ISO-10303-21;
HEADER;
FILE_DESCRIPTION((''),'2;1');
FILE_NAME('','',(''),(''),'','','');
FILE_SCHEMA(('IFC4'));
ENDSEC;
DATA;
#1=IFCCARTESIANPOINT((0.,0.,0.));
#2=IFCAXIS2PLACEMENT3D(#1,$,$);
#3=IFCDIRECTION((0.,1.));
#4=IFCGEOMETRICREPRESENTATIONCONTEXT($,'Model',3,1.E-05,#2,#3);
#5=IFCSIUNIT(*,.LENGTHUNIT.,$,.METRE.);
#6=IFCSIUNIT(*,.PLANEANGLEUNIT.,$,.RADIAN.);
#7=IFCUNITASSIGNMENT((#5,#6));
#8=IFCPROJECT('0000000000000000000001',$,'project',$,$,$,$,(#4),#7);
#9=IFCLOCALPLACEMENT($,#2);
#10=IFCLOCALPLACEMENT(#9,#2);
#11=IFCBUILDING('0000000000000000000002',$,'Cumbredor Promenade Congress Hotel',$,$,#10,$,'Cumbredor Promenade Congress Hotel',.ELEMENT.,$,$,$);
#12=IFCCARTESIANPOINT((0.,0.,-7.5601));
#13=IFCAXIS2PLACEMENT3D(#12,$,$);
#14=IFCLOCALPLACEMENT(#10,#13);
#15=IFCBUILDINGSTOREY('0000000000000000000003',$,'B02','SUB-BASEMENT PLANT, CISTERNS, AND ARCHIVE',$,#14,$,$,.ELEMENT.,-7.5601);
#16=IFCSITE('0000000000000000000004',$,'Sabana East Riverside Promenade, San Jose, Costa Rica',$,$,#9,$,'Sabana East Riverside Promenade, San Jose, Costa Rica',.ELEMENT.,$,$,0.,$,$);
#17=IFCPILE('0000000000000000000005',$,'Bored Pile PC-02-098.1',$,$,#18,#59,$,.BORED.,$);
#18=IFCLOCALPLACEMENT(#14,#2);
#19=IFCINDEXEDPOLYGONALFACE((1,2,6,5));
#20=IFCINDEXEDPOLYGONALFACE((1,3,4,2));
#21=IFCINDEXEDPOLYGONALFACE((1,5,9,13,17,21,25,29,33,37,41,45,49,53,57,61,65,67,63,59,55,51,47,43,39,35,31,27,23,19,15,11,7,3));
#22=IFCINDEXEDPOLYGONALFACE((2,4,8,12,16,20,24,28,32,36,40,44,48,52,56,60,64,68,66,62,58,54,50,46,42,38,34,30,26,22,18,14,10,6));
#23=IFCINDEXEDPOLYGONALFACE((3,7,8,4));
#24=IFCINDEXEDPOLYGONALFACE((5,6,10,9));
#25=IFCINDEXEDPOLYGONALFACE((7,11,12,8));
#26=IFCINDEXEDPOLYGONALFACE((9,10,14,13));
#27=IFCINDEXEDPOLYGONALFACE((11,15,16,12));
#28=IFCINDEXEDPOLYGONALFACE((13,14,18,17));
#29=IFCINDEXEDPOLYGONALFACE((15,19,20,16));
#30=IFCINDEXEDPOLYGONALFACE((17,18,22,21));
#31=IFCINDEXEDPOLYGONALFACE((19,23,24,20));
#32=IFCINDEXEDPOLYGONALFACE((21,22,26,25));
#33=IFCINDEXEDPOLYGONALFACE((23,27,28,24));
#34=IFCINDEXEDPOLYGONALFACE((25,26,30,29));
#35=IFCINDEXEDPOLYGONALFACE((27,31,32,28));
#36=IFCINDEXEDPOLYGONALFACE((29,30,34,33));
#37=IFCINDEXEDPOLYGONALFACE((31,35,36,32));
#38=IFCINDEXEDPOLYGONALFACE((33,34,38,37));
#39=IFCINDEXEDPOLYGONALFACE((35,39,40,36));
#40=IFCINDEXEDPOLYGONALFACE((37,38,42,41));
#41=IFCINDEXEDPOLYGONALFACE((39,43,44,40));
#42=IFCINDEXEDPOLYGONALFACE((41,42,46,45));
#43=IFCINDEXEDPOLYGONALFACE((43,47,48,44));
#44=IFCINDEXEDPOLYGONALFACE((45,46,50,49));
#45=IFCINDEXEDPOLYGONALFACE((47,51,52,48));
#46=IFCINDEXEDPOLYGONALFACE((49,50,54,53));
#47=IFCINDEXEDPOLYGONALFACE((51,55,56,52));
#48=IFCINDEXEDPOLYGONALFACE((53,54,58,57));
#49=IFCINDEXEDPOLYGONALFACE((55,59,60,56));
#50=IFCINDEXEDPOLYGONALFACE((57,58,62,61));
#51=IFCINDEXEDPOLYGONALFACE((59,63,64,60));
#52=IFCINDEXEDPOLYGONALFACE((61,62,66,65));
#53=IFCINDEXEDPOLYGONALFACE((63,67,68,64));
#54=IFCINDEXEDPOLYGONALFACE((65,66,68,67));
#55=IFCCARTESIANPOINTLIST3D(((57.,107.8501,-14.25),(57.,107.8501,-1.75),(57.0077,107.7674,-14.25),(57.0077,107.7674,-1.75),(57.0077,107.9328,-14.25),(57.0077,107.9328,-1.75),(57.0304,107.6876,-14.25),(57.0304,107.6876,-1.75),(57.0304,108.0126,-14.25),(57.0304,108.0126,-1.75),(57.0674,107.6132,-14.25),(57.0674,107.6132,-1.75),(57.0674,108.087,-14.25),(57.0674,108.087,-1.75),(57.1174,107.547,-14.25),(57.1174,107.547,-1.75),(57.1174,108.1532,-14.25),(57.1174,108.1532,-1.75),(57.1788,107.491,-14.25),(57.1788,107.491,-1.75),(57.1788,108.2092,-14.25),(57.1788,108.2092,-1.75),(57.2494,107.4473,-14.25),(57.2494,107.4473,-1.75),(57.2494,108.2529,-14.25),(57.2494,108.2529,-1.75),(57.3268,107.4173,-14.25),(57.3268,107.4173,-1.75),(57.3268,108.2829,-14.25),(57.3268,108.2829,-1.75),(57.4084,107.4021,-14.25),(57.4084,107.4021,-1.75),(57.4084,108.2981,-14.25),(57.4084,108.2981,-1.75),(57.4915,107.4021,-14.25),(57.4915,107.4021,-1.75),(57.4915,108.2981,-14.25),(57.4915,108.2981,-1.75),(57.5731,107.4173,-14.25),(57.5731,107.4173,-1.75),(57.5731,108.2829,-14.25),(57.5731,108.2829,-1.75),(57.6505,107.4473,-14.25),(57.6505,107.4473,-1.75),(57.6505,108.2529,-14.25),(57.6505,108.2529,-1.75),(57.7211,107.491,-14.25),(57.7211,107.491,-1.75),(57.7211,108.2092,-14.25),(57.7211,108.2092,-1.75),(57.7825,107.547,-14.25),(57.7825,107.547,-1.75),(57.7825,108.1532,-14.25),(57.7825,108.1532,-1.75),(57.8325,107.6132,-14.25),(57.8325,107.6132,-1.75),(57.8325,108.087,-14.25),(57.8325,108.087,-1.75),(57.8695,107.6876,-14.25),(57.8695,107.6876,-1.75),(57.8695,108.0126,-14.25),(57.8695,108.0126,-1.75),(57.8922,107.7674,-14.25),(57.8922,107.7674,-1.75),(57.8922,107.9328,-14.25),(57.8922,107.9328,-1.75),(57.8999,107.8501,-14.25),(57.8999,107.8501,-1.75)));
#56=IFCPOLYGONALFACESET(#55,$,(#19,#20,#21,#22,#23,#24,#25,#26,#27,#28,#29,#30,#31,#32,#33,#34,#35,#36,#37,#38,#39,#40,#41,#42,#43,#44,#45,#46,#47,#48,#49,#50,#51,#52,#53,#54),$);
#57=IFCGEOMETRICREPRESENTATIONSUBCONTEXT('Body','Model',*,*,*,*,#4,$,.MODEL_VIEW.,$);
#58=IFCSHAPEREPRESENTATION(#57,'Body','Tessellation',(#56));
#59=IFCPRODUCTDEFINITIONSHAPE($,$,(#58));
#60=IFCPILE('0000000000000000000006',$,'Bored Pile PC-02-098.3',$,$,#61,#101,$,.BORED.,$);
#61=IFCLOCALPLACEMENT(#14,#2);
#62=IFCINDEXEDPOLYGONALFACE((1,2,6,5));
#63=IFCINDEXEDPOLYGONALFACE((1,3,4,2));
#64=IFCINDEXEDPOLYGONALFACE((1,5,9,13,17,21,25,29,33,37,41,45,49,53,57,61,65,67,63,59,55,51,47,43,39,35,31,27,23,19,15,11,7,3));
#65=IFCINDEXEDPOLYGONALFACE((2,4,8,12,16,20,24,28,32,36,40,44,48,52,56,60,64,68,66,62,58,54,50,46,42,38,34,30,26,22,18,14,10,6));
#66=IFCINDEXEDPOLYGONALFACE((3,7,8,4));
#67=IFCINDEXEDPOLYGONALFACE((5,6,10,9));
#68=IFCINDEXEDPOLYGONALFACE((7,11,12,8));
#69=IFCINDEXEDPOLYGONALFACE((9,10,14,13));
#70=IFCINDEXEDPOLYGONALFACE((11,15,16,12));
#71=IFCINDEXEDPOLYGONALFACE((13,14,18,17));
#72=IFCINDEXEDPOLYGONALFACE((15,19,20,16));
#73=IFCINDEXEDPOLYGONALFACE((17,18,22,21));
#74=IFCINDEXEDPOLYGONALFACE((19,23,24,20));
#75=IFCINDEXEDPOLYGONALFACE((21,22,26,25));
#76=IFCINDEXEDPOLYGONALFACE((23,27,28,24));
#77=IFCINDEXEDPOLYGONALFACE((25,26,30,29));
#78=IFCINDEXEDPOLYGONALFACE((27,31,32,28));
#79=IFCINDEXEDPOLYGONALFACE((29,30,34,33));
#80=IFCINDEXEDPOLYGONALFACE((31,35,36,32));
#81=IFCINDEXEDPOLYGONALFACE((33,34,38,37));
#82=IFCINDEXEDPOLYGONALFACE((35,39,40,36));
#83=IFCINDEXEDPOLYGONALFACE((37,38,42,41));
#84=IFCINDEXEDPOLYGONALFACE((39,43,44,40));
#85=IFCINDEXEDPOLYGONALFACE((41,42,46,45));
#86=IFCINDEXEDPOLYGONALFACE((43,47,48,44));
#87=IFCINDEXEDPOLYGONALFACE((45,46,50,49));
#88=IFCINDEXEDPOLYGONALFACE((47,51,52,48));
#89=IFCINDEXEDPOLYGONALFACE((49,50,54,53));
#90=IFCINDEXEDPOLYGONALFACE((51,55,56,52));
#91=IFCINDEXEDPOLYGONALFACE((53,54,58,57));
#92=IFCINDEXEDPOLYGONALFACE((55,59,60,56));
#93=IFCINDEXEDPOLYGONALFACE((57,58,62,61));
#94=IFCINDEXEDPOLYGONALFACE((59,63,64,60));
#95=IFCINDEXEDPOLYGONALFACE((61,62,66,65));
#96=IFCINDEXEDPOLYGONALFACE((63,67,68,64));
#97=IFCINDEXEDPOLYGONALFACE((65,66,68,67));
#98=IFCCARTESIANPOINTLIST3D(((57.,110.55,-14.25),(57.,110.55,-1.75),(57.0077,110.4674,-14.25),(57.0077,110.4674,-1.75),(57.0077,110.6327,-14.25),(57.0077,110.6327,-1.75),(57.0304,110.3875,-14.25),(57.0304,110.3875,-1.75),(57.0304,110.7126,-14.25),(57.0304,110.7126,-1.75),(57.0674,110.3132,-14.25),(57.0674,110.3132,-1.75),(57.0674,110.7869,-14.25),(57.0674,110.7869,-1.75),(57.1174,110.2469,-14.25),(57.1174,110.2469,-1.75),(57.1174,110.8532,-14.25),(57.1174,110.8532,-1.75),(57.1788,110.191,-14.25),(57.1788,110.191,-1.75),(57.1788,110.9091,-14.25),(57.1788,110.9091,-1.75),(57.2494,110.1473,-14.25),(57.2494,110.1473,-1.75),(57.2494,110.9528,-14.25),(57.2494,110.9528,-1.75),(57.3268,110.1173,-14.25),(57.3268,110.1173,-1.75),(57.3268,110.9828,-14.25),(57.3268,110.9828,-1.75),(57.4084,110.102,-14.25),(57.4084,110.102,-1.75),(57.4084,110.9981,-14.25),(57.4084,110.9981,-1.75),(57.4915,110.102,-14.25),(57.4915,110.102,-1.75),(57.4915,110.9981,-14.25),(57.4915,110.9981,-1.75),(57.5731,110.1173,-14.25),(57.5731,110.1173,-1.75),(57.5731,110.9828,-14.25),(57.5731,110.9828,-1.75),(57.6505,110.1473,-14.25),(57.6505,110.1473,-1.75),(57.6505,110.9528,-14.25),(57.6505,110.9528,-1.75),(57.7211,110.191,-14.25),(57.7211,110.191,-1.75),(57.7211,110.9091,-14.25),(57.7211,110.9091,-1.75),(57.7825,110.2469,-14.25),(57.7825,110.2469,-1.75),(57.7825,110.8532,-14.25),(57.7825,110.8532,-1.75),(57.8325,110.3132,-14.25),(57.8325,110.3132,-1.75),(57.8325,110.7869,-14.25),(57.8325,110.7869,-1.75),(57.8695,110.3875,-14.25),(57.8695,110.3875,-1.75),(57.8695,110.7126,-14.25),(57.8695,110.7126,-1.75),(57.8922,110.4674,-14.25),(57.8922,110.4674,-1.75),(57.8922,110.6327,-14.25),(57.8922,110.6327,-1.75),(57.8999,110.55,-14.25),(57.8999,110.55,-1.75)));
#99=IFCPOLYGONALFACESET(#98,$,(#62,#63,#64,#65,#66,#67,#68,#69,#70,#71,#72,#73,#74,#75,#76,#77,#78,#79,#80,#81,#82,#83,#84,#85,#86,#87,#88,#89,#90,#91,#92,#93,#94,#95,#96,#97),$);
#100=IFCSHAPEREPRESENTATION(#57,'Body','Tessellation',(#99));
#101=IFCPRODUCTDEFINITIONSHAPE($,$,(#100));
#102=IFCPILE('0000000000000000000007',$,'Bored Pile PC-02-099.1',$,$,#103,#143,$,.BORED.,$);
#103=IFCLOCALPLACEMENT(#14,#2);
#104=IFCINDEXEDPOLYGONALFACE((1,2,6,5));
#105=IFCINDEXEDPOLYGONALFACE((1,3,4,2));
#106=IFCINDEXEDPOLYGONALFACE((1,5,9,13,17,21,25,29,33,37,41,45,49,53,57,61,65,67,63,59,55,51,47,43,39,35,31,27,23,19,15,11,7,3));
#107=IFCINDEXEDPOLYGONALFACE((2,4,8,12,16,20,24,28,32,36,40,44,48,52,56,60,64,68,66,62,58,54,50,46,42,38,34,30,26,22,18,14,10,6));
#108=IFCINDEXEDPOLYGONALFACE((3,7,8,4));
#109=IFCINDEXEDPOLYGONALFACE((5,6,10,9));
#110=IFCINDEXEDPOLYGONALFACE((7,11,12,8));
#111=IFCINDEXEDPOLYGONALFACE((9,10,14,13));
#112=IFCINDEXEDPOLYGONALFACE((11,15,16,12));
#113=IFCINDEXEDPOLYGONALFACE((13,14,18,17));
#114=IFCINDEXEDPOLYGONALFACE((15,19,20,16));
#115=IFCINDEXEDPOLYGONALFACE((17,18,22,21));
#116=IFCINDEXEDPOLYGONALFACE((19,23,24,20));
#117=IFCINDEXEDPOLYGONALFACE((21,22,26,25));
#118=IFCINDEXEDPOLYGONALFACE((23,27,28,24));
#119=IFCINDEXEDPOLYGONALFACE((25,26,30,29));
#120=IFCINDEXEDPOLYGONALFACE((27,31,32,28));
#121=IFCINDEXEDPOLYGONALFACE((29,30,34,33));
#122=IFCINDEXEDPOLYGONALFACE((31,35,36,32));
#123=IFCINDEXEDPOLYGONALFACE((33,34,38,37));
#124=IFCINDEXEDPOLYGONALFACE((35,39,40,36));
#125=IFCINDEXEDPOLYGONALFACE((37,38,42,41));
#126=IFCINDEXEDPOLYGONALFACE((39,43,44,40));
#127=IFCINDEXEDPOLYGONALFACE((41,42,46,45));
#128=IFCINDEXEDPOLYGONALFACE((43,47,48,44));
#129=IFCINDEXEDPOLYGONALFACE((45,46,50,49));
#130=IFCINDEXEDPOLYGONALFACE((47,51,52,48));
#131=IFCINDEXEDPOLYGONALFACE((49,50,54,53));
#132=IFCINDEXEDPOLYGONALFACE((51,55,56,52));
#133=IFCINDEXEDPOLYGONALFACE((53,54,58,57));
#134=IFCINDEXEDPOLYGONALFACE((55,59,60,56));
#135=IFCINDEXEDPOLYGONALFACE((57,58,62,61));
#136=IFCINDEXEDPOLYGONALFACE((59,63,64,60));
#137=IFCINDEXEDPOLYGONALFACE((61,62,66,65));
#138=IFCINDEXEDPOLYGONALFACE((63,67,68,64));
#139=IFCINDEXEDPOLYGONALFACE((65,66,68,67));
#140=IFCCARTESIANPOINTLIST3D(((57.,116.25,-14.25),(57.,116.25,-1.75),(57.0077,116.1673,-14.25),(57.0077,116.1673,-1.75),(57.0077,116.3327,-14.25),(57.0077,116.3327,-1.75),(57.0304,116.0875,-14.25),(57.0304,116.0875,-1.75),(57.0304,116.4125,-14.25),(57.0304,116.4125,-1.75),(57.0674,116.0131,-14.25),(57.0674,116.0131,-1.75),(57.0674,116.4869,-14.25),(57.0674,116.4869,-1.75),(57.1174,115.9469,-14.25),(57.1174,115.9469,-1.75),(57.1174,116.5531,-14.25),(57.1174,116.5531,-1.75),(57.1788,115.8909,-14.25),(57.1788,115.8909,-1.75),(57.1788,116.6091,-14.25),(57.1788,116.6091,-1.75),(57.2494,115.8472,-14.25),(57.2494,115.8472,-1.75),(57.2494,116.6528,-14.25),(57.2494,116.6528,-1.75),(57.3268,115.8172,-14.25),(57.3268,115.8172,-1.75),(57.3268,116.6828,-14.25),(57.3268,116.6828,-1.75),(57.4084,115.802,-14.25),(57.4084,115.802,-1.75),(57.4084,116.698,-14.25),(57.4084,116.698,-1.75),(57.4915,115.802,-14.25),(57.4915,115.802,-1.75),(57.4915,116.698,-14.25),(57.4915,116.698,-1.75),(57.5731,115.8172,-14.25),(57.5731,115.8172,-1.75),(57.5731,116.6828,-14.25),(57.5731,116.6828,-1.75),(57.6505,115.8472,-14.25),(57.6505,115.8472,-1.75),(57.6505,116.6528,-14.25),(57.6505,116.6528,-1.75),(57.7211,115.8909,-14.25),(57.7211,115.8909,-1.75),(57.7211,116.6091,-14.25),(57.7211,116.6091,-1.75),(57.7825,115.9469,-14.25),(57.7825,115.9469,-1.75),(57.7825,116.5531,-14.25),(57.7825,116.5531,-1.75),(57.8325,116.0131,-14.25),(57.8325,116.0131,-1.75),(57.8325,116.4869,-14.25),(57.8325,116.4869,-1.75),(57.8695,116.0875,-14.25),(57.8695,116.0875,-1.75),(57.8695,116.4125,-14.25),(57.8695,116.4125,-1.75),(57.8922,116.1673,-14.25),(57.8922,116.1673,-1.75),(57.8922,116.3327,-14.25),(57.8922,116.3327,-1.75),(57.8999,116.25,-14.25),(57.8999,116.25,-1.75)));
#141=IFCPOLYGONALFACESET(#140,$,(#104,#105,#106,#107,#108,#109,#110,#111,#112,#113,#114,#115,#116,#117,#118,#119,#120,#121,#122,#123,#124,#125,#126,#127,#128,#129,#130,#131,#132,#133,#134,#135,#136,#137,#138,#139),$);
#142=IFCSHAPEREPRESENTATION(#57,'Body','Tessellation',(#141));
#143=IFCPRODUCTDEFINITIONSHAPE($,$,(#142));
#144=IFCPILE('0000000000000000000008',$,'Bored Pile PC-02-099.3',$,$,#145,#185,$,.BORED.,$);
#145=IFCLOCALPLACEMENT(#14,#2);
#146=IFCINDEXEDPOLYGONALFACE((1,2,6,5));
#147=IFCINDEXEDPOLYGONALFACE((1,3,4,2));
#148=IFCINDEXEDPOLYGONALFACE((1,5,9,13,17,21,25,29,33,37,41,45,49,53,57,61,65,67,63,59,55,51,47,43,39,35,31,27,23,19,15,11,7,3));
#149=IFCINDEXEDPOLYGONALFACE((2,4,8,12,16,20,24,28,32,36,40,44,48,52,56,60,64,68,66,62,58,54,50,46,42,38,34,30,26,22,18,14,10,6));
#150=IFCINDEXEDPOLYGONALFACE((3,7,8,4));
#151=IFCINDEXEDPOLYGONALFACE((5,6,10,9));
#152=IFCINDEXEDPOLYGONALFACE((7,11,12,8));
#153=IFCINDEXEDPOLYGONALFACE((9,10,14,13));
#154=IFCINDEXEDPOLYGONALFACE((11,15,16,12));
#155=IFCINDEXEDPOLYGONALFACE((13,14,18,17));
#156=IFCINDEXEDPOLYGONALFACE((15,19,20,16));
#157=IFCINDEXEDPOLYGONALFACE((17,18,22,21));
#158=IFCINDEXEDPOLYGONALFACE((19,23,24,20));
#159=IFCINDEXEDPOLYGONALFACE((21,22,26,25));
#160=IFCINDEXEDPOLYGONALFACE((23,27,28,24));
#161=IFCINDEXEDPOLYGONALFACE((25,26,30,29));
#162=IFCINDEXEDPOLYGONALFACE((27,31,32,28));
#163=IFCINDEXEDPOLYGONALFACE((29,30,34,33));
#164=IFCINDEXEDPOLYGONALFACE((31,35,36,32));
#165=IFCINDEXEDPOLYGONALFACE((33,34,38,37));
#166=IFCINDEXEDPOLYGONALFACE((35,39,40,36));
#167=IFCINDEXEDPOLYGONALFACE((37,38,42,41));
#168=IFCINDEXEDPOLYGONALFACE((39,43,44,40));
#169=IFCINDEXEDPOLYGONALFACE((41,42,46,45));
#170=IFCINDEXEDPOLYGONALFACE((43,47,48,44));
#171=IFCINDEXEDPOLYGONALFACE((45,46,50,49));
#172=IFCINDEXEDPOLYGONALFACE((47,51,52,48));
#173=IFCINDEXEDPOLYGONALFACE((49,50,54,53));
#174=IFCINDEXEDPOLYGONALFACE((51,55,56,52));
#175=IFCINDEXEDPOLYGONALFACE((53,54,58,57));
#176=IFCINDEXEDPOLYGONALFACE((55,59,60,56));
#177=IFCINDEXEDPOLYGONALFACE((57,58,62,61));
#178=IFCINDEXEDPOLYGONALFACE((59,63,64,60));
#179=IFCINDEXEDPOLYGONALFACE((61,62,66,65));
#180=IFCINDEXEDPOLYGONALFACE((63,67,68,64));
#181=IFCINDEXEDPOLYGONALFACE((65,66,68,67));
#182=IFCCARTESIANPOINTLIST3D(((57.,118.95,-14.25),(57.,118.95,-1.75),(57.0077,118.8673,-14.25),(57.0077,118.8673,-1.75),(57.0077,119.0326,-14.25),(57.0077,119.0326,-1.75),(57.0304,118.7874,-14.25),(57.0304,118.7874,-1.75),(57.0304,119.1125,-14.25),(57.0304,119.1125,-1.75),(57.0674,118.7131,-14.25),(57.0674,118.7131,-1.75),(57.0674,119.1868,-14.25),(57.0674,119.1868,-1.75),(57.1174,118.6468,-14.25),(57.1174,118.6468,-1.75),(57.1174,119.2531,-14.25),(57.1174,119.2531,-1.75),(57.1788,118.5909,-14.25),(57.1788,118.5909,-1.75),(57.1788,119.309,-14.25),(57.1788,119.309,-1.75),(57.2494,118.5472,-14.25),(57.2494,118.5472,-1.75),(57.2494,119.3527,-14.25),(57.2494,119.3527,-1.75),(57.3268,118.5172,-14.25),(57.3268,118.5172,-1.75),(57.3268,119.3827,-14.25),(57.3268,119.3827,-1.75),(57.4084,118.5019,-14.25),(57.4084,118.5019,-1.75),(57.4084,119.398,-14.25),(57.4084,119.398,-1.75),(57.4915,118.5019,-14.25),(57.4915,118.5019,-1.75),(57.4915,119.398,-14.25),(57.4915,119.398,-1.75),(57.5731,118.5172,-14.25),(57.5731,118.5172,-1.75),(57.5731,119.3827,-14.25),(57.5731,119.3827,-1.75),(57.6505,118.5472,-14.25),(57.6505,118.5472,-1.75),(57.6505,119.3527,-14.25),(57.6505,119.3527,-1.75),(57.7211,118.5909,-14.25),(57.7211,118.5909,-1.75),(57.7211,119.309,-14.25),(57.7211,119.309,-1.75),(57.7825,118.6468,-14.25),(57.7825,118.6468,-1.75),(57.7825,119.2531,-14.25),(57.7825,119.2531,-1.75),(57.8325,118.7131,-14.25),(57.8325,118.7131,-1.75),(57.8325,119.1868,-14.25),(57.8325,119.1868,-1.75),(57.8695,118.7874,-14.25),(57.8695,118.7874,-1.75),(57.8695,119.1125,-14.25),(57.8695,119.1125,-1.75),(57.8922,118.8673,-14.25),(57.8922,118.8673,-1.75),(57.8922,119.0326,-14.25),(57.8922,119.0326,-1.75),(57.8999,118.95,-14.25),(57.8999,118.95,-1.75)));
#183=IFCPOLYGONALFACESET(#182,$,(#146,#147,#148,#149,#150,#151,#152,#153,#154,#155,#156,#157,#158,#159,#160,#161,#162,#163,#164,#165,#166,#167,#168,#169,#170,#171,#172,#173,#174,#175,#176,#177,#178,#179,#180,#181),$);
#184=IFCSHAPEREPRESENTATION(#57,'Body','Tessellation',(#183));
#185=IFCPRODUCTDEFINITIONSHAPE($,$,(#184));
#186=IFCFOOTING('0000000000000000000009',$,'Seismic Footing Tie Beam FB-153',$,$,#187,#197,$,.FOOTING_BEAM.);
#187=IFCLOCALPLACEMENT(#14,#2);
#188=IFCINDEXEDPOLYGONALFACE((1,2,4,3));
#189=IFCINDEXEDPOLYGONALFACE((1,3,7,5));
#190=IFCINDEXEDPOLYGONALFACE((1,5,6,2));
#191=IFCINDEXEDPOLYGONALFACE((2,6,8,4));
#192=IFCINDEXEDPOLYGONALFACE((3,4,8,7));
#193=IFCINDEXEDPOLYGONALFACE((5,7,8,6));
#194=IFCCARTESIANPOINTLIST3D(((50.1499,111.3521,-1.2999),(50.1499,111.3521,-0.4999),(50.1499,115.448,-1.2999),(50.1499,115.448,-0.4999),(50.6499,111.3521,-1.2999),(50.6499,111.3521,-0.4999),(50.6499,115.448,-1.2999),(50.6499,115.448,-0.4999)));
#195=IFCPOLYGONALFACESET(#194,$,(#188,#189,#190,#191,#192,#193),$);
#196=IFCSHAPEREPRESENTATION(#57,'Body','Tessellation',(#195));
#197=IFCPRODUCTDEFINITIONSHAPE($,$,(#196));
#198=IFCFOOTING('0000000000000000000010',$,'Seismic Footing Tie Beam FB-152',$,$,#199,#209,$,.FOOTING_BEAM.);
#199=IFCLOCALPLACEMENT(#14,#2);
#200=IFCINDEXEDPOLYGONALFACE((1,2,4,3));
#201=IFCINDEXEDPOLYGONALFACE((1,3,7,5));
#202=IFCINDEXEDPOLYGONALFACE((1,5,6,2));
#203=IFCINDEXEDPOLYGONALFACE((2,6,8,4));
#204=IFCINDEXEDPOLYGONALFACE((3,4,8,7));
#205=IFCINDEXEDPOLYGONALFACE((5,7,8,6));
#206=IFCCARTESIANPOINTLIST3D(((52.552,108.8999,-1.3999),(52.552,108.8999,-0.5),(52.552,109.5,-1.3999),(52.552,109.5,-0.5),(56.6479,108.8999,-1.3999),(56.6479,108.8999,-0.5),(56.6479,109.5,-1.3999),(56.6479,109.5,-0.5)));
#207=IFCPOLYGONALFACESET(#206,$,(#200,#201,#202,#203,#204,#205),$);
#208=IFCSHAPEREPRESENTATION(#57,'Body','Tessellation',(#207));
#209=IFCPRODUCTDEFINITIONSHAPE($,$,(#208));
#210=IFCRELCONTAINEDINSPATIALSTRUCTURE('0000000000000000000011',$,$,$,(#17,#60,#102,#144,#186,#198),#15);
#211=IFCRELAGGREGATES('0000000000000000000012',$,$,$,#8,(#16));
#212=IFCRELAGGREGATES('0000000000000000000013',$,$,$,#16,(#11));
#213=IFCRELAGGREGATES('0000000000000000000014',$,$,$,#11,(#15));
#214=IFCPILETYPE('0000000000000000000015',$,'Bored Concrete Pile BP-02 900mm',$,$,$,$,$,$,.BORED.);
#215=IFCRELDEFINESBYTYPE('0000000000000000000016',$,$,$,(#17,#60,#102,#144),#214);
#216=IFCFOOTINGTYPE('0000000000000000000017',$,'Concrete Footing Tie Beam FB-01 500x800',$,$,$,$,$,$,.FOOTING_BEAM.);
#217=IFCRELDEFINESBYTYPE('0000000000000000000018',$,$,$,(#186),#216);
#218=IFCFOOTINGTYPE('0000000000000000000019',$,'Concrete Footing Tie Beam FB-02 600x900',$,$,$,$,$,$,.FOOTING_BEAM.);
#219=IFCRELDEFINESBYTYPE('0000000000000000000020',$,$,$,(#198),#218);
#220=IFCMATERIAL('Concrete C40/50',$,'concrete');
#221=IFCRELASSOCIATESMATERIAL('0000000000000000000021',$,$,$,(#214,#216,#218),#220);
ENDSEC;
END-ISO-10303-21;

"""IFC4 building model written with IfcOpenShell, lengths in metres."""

from ifc_helpers import new_model, si_unit, direction, frame, origin, origin_2d, place, context, subcontext, project, spatial, rectangle, circle, extrude, material, material_profile, profile_set, type_object, element, save


model = new_model("IFC4")

# Units and contexts
model_context = context("Model", 3, precision=1e-05, world=origin(), true_north=direction((0.0, 1.0)))
body_context = subcontext(model_context, "Body", "Model", "MODEL_VIEW")
ifc_project = project(units=[si_unit("LENGTHUNIT", "METRE"), si_unit("PLANEANGLEUNIT", "RADIAN")], contexts=[model_context])

# Site, building, storey
site_placement = place(None, origin())
site = spatial("IfcSite", under=ifc_project, at=site_placement, Name="Sabana East Riverside Promenade, San Jose, Costa Rica", LongName="Sabana East Riverside Promenade, San Jose, Costa Rica", CompositionType="ELEMENT", RefElevation=0.0)
building_placement = place(site_placement, origin())
building = spatial("IfcBuilding", under=site, at=building_placement, Name="Cumbredor Promenade Congress Hotel", LongName="Cumbredor Promenade Congress Hotel", CompositionType="ELEMENT")
storey_placement = place(building_placement, frame((0.0, 0.0, -7.5601)))
storey = spatial("IfcBuildingStorey", under=building, at=storey_placement, Name="B02", Description="SUB-BASEMENT PLANT, CISTERNS, AND ARCHIVE", CompositionType="ELEMENT", Elevation=-7.5601)

# Piles
ifc_material_1 = material(Name="Concrete C40/50", Category="concrete")
ifc_material_profile_1 = material_profile(ifc_material_1, circle(Radius=0.45, at=origin_2d()), Name="PILE D900")
ifc_profile_set_1 = profile_set([ifc_material_profile_1], Name="Concrete C40/50")
pile_type = type_object("IfcPileType", Name="Bored Concrete Pile BP-02 900mm", PredefinedType="BORED", material=ifc_profile_set_1)
for number, where, z_axis, x_axis, name in (
    (1, (57.45, 107.8501, -1.75), (0.0, 0.0, -1.0), (1.0, 0.0, 0.0), "Bored Pile PC-02-098.1"),
    (2, (57.45, 110.55, -1.75), (0.0, 0.0, -1.0), (1.0, 0.0, 0.0), "Bored Pile PC-02-098.3"),
    (3, (57.45, 116.25, -1.75), (0.0, 0.0, -1.0), (1.0, 0.0, 0.0), "Bored Pile PC-02-099.1"),
    (4, (57.45, 118.95, -1.75), (0.0, 0.0, -1.0), (1.0, 0.0, 0.0), "Bored Pile PC-02-099.3"),
):
    element("IfcPile", number, at=place(storey_placement, frame(where, z_axis=z_axis, x_axis=x_axis)), inside=storey, type_object=pile_type, Name=name, PredefinedType="BORED", context=body_context, shape_type="SweptSolid", body=[
        extrude(circle(Radius=0.45, at=origin_2d()), origin(), (0.0, 0.0, 1.0), 12.5),
    ])

# Footings
ifc_material_profile_2 = material_profile(ifc_material_1, rectangle(XDim=0.5, YDim=0.8, at=origin_2d()), Name="FB 500x800")
ifc_profile_set_2 = profile_set([ifc_material_profile_2], Name="Concrete C40/50")
footing_type_1 = type_object("IfcFootingType", Name="Concrete Footing Tie Beam FB-01 500x800", PredefinedType="FOOTING_BEAM", material=ifc_profile_set_2)
footing_1_placement = place(storey_placement, frame((50.3999, 111.3521, -0.8999), z_axis=(0.0, 1.0, 0.0), x_axis=(-1.0, 0.0, 0.0)))
element("IfcFooting", 5, at=footing_1_placement, inside=storey, type_object=footing_type_1, Name="Seismic Footing Tie Beam FB-153", PredefinedType="FOOTING_BEAM", context=body_context, shape_type="SweptSolid", body=[
    extrude(rectangle(XDim=0.5, YDim=0.8, at=origin_2d()), origin(), (0.0, 0.0, 1.0), 4.0959),
])
ifc_material_profile_3 = material_profile(ifc_material_1, rectangle(XDim=0.6001, YDim=0.8999, at=origin_2d()), Name="FB 600x900")
ifc_profile_set_3 = profile_set([ifc_material_profile_3], Name="Concrete C40/50")
footing_type_2 = type_object("IfcFootingType", Name="Concrete Footing Tie Beam FB-02 600x900", PredefinedType="FOOTING_BEAM", material=ifc_profile_set_3)
footing_2_placement = place(storey_placement, frame((52.552, 109.2, -0.95), z_axis=(1.0, 0.0, 0.0), x_axis=(0.0, 1.0, 0.0)))
element("IfcFooting", 6, at=footing_2_placement, inside=storey, type_object=footing_type_2, Name="Seismic Footing Tie Beam FB-152", PredefinedType="FOOTING_BEAM", context=body_context, shape_type="SweptSolid", body=[
    extrude(rectangle(XDim=0.6001, YDim=0.8999, at=origin_2d()), origin(), (0.0, 0.0, 1.0), 4.0959),
])

save(model, "model.ifc")
